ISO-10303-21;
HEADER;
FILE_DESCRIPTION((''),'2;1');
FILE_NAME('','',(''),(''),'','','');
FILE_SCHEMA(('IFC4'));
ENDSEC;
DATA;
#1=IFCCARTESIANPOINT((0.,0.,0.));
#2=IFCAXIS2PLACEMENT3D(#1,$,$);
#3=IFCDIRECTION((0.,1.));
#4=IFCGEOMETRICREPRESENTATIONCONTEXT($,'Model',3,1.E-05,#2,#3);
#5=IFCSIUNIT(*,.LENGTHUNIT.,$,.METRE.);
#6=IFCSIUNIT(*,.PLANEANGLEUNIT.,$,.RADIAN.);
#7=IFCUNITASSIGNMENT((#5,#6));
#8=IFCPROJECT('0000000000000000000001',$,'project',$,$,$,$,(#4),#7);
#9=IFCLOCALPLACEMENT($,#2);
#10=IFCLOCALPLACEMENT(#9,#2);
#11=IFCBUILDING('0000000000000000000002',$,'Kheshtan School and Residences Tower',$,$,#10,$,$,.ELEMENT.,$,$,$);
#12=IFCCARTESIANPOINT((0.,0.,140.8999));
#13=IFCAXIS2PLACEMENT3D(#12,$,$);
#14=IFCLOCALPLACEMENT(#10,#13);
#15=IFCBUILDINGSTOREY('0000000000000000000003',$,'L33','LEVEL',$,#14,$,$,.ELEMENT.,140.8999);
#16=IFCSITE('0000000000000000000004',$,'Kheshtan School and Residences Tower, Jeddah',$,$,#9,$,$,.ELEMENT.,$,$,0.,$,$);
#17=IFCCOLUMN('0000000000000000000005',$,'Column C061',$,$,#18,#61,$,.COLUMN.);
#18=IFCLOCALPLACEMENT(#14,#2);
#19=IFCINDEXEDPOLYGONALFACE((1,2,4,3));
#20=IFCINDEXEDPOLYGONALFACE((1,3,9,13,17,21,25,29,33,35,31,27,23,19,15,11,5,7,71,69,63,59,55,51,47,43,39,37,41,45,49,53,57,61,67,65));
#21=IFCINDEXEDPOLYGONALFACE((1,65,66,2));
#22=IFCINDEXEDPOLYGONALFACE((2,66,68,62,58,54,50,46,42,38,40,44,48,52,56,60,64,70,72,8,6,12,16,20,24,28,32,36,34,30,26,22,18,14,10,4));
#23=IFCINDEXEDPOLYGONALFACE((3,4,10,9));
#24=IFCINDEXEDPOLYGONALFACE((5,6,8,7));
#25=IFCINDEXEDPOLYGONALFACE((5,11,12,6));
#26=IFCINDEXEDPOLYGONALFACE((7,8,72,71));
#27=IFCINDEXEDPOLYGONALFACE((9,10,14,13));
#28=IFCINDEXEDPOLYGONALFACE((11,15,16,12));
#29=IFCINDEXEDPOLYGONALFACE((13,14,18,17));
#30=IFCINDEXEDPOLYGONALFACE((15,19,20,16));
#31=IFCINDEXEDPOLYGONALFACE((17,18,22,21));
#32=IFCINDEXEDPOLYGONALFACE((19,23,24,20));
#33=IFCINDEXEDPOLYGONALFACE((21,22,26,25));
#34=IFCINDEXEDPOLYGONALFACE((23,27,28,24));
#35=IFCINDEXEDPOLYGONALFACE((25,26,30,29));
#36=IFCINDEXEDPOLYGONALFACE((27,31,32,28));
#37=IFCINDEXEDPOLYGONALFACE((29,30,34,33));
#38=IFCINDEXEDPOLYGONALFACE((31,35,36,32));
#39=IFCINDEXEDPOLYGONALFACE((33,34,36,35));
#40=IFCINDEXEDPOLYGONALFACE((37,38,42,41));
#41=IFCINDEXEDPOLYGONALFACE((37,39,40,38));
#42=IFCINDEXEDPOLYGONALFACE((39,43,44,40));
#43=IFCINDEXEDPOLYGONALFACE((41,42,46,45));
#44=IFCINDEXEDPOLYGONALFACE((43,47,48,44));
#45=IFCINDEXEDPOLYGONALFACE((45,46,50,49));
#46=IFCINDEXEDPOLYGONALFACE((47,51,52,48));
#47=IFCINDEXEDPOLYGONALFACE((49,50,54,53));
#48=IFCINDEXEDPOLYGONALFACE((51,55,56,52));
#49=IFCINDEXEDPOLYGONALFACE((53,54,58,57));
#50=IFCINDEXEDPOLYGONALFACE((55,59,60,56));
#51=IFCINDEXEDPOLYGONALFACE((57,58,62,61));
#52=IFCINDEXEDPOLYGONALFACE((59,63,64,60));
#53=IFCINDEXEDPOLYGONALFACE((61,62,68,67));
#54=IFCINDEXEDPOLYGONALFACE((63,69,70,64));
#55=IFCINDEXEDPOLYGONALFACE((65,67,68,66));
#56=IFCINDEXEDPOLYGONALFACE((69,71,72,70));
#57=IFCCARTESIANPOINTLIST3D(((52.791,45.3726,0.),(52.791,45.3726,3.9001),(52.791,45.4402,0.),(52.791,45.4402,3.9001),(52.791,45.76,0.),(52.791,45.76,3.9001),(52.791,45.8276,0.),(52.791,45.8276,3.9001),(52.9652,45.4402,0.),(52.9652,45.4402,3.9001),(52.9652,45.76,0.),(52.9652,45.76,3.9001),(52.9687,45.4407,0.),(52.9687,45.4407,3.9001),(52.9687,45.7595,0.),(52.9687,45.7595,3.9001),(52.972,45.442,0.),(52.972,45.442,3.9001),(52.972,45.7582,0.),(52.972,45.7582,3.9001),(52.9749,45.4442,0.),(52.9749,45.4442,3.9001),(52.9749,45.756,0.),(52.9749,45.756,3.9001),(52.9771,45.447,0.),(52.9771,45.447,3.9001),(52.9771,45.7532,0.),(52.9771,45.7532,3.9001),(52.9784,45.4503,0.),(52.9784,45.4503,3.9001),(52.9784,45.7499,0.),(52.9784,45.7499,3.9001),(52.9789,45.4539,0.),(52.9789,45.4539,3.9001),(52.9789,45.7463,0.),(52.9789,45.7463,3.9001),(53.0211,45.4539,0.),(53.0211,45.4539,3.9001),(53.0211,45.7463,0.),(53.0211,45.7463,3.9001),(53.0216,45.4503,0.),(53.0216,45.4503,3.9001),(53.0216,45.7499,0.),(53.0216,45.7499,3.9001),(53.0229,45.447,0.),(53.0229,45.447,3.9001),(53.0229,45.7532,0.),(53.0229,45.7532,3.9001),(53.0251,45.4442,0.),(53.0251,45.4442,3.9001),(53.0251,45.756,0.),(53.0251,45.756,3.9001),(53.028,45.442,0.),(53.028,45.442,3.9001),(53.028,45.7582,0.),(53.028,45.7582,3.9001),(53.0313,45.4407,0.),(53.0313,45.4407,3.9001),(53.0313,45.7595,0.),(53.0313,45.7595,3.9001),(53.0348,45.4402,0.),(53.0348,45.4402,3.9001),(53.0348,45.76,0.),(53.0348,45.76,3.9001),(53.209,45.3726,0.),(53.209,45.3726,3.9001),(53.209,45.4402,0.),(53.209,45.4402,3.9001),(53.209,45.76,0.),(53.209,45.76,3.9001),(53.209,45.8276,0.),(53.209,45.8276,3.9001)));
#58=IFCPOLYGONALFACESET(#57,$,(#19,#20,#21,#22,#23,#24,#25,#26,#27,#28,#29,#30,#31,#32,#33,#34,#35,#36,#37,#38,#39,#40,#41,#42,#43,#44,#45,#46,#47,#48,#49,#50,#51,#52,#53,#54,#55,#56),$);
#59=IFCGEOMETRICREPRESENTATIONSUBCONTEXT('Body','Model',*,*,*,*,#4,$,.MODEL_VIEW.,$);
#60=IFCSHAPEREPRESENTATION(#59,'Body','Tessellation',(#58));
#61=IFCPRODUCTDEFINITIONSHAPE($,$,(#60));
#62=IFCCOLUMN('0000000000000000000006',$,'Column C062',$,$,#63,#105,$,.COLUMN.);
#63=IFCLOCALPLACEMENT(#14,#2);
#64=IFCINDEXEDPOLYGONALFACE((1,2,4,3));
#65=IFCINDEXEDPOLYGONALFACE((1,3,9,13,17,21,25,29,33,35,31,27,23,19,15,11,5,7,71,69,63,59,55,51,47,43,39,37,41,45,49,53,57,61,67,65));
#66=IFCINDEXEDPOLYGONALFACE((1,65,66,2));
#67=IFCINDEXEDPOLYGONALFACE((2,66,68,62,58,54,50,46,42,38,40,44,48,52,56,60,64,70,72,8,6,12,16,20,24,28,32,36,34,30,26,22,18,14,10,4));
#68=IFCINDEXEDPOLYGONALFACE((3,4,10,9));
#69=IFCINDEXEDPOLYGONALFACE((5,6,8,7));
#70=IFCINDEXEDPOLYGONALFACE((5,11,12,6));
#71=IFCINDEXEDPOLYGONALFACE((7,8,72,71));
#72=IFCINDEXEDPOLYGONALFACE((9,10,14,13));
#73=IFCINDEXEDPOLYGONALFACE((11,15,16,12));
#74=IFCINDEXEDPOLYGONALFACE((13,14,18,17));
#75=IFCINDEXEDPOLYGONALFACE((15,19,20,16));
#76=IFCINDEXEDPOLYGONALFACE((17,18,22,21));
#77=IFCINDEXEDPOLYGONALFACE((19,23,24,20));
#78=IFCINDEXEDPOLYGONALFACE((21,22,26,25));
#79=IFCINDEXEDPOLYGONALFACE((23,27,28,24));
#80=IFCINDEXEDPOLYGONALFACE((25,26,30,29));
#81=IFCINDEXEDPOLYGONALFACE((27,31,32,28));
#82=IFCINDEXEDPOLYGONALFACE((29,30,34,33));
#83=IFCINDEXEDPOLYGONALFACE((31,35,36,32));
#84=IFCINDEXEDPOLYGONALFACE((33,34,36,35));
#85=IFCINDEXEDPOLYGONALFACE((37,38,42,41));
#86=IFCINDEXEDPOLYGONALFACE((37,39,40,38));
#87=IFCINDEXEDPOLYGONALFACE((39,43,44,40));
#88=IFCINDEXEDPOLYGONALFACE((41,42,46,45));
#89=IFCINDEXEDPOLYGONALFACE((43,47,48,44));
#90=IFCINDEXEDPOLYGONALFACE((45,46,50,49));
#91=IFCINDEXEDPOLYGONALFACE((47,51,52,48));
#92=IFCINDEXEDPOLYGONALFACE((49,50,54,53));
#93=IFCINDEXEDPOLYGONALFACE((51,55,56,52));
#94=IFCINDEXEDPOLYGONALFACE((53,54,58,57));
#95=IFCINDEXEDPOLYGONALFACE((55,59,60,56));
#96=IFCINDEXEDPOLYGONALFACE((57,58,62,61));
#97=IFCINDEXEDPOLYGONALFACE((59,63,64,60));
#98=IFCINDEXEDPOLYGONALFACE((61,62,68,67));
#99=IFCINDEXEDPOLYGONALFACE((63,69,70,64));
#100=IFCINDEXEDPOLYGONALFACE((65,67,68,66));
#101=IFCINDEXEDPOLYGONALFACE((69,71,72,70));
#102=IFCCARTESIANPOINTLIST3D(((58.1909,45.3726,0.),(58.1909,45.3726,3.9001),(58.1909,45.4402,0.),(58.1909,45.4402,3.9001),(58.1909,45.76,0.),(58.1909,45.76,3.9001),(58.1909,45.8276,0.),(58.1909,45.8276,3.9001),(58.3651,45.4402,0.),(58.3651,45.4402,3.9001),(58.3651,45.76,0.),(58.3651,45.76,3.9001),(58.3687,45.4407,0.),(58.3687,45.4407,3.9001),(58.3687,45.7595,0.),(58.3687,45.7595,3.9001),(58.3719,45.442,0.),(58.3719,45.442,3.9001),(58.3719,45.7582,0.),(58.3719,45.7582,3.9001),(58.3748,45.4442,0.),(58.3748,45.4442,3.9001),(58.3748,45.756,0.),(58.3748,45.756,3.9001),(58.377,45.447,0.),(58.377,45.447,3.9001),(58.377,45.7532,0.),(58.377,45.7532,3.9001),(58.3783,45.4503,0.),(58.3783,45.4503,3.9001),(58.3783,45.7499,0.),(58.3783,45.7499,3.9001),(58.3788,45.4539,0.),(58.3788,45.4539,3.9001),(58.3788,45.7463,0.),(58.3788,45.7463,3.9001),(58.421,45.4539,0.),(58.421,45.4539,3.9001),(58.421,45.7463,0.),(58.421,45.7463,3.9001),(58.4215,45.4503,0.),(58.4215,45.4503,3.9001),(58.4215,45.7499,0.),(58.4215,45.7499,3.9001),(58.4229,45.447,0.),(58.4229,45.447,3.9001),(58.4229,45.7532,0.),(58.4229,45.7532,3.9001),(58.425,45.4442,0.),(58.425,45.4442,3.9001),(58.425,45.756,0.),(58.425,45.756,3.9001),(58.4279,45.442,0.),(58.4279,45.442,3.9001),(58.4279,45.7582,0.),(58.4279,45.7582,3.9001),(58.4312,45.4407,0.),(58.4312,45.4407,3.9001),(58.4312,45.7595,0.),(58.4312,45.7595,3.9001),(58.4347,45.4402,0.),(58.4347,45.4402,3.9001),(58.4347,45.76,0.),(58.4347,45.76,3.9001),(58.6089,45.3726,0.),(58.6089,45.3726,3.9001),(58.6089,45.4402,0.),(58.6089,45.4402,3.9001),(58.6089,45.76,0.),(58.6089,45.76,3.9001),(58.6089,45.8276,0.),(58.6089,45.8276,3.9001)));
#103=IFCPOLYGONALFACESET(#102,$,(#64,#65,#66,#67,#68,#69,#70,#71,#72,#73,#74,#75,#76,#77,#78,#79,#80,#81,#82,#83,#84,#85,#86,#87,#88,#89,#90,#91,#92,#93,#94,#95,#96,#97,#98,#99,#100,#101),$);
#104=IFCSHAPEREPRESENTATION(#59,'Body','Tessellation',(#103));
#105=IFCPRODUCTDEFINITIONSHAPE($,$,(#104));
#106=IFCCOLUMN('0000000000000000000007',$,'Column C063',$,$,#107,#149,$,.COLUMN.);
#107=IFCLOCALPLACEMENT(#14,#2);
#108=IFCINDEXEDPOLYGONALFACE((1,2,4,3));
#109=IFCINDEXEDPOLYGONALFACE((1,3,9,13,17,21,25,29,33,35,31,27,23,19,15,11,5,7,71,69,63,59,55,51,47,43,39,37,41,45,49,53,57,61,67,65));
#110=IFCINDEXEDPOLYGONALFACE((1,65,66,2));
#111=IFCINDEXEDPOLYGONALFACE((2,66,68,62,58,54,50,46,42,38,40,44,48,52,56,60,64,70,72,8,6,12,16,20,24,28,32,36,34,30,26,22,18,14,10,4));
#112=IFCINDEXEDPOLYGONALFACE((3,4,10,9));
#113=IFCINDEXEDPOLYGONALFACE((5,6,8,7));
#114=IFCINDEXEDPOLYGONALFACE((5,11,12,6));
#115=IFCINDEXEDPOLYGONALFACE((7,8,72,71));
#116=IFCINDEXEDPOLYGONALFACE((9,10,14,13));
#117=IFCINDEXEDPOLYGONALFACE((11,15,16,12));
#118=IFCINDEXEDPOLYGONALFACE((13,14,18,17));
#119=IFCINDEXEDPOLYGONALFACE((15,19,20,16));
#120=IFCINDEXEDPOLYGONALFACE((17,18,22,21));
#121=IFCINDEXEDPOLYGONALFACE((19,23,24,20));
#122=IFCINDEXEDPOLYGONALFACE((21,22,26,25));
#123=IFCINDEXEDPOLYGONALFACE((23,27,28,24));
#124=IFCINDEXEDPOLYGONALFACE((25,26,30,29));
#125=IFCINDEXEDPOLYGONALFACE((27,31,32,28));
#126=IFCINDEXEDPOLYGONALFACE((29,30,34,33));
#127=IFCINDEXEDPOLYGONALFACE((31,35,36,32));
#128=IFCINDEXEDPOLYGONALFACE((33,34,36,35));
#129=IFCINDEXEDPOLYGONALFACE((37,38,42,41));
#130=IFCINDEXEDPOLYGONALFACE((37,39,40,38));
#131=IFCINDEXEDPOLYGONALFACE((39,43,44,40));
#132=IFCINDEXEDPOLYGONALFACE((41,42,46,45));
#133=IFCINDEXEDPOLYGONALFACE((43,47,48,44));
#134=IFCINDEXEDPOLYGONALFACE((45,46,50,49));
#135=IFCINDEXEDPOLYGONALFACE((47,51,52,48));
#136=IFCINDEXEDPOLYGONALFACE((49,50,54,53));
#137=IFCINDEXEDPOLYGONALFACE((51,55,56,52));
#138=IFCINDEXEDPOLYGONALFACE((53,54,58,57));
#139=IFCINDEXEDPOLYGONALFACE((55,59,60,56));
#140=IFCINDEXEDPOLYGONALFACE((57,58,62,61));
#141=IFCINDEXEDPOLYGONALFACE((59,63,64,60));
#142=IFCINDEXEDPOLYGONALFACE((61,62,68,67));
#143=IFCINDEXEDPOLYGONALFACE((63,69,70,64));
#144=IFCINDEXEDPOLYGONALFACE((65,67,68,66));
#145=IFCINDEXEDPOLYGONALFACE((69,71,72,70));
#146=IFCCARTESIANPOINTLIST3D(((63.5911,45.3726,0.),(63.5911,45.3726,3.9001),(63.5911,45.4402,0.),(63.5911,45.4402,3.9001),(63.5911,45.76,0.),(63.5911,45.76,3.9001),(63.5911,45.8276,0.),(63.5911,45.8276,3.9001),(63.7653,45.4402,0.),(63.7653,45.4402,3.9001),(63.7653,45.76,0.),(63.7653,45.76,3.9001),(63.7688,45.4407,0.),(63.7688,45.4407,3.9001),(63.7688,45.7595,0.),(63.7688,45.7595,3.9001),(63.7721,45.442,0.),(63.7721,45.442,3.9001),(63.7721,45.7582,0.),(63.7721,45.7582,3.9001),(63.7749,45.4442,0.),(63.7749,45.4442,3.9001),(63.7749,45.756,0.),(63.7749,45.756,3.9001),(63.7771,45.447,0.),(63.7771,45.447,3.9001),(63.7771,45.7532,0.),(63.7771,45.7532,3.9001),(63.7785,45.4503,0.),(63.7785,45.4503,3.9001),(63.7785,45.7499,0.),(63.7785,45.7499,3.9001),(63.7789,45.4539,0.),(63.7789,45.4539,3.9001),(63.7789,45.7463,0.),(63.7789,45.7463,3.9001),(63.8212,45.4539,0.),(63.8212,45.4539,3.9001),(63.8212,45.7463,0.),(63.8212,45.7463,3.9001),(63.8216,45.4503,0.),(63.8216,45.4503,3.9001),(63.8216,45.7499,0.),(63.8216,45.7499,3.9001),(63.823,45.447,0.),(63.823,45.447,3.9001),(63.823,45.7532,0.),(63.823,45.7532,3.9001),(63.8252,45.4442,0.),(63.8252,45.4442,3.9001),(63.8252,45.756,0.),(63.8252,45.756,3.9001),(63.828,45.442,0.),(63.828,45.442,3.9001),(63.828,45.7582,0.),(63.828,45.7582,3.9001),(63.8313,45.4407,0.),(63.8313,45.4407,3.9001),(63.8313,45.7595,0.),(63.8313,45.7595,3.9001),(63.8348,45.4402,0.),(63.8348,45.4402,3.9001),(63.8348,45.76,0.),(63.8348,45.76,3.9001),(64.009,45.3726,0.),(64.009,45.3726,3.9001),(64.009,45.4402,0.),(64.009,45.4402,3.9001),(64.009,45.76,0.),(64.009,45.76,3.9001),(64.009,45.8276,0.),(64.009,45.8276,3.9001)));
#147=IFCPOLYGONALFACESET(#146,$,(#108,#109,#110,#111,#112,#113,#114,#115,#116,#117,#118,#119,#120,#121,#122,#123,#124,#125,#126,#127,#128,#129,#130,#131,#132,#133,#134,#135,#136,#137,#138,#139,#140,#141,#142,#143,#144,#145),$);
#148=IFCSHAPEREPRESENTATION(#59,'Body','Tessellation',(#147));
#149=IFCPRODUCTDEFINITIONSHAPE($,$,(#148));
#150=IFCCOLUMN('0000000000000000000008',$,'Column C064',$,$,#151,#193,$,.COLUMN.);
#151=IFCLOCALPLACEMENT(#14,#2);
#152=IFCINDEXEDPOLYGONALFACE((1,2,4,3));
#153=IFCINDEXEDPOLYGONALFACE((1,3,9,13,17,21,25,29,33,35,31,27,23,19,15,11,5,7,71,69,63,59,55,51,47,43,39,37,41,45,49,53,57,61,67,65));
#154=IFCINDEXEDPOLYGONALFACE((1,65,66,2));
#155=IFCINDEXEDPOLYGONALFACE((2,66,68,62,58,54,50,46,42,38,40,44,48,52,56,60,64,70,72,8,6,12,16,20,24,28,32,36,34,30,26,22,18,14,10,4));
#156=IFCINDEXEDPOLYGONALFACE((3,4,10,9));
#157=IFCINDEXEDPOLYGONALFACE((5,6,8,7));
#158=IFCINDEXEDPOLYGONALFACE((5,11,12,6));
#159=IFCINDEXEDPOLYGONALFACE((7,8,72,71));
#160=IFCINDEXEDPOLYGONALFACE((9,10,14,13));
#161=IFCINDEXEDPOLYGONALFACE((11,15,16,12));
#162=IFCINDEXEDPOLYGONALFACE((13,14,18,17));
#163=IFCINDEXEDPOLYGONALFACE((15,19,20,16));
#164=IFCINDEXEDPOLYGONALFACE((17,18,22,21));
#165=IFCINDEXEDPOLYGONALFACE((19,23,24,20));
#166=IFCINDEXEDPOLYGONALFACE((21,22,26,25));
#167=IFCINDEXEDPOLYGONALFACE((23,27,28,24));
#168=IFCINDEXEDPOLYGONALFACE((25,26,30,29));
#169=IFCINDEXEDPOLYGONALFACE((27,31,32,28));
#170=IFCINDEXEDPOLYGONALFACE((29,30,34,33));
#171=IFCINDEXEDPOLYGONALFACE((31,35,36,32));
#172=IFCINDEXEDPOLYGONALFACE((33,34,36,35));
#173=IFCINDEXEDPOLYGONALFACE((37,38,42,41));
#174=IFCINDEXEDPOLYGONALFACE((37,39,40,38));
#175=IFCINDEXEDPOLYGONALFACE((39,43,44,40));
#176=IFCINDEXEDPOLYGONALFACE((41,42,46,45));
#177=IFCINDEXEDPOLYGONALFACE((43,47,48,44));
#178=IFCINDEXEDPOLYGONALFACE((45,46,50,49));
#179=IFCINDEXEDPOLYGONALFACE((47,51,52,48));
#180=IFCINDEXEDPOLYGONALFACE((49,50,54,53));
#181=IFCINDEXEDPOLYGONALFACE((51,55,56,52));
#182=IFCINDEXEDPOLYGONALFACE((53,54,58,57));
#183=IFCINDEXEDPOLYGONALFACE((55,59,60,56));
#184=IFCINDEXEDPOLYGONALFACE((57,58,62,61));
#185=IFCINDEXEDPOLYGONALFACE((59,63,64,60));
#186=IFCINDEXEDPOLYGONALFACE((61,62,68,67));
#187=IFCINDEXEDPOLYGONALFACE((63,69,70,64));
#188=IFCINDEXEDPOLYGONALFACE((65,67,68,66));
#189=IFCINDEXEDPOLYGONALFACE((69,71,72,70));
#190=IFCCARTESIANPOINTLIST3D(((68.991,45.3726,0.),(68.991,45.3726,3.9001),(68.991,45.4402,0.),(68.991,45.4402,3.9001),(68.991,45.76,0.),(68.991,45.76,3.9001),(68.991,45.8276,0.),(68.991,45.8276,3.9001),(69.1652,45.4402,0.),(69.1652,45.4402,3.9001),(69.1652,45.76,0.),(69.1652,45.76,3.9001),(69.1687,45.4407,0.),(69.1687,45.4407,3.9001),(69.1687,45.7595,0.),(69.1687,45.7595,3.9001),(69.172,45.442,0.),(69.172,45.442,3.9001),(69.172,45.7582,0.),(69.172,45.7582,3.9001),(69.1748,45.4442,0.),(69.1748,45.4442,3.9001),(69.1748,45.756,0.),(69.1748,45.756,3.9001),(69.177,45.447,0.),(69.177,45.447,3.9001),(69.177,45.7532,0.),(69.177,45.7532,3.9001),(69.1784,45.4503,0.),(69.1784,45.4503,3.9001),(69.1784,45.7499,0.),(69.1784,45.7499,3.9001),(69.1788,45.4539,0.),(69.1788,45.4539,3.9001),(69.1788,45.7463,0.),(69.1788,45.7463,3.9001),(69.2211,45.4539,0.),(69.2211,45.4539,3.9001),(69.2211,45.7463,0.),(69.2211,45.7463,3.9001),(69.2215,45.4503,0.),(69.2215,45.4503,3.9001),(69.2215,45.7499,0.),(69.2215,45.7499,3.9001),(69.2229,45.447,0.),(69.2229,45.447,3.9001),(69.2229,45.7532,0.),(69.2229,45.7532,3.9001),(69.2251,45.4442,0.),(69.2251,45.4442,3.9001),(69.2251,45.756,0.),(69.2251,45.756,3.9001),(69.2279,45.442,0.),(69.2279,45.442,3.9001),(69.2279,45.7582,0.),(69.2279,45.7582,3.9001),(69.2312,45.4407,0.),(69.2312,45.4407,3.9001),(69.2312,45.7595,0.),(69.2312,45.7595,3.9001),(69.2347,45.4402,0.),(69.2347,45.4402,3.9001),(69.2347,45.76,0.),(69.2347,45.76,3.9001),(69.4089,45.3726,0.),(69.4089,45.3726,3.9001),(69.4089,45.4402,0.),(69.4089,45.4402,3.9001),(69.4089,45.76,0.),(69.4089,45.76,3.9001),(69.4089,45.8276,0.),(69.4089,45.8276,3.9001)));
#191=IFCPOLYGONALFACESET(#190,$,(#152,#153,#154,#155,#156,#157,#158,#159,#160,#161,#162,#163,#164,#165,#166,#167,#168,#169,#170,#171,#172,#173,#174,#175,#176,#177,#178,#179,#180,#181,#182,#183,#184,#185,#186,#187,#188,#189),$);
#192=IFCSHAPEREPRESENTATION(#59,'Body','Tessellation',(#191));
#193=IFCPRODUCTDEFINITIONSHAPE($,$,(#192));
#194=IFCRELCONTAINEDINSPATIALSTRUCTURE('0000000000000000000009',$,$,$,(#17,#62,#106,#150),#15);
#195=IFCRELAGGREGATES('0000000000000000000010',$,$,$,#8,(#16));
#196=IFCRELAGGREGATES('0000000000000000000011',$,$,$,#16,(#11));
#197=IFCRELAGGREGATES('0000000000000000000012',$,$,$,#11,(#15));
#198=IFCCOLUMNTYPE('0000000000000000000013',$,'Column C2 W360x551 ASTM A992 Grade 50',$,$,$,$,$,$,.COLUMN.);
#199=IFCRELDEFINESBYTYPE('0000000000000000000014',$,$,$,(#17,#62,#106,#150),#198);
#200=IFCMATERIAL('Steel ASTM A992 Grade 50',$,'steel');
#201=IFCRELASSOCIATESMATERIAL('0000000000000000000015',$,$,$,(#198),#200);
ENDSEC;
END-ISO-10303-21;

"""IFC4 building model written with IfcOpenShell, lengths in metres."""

from ifc_helpers import new_model, si_unit, direction, frame, origin, origin_2d, place, context, subcontext, project, spatial, i_section, extrude, material, material_profile, profile_set, type_object, element, save


model = new_model("IFC4")

# Units and contexts
model_context = context("Model", 3, precision=1e-05, world=origin(), true_north=direction((0.0, 1.0)))
body_context = subcontext(model_context, "Body", "Model", "MODEL_VIEW")
ifc_project = project(units=[si_unit("LENGTHUNIT", "METRE"), si_unit("PLANEANGLEUNIT", "RADIAN")], contexts=[model_context])

# Site, building, storey
site_placement = place(None, origin())
site = spatial("IfcSite", under=ifc_project, at=site_placement, Name="Kheshtan School and Residences Tower, Jeddah", CompositionType="ELEMENT", RefElevation=0.0)
building_placement = place(site_placement, origin())
building = spatial("IfcBuilding", under=site, at=building_placement, Name="Kheshtan School and Residences Tower", CompositionType="ELEMENT")
storey_placement = place(building_placement, frame((0.0, 0.0, 140.8999)))
storey = spatial("IfcBuildingStorey", under=building, at=storey_placement, Name="L33", Description="LEVEL", CompositionType="ELEMENT", Elevation=140.8999)

# Columns
ifc_material_1 = material(Name="Steel ASTM A992 Grade 50", Category="steel")
ifc_material_profile_1 = material_profile(ifc_material_1, i_section(OverallWidth=0.418, OverallDepth=0.4551, WebThickness=0.0422, FlangeThickness=0.0676, FilletRadius=0.0137, at=origin_2d()), Name="W360x551")
ifc_profile_set_1 = profile_set([ifc_material_profile_1], Name="Steel ASTM A992 Grade 50")
column_type = type_object("IfcColumnType", Name="Column C2 W360x551 ASTM A992 Grade 50", PredefinedType="COLUMN", material=ifc_profile_set_1)
for number, where, z_axis, x_axis, name in (
    (1, (53.0, 45.6001, 0.0), (0.0, 0.0, 1.0), (1.0, 0.0, 0.0), "Column C061"),
    (2, (58.3999, 45.6001, 0.0), (0.0, 0.0, 1.0), (1.0, 0.0, 0.0), "Column C062"),
    (3, (63.8, 45.6001, 0.0), (0.0, 0.0, 1.0), (1.0, 0.0, 0.0), "Column C063"),
    (4, (69.2, 45.6001, 0.0), (0.0, 0.0, 1.0), (1.0, 0.0, 0.0), "Column C064"),
):
    element("IfcColumn", number, at=place(storey_placement, frame(where, z_axis=z_axis, x_axis=x_axis)), inside=storey, type_object=column_type, Name=name, PredefinedType="COLUMN", context=body_context, shape_type="SweptSolid", body=[
        extrude(i_section(OverallWidth=0.418, OverallDepth=0.4551, WebThickness=0.0422, FlangeThickness=0.0676, FilletRadius=0.0137, at=origin_2d()), origin(), (0.0, 0.0, 1.0), 3.9001),
    ])

save(model, "model.ifc")
